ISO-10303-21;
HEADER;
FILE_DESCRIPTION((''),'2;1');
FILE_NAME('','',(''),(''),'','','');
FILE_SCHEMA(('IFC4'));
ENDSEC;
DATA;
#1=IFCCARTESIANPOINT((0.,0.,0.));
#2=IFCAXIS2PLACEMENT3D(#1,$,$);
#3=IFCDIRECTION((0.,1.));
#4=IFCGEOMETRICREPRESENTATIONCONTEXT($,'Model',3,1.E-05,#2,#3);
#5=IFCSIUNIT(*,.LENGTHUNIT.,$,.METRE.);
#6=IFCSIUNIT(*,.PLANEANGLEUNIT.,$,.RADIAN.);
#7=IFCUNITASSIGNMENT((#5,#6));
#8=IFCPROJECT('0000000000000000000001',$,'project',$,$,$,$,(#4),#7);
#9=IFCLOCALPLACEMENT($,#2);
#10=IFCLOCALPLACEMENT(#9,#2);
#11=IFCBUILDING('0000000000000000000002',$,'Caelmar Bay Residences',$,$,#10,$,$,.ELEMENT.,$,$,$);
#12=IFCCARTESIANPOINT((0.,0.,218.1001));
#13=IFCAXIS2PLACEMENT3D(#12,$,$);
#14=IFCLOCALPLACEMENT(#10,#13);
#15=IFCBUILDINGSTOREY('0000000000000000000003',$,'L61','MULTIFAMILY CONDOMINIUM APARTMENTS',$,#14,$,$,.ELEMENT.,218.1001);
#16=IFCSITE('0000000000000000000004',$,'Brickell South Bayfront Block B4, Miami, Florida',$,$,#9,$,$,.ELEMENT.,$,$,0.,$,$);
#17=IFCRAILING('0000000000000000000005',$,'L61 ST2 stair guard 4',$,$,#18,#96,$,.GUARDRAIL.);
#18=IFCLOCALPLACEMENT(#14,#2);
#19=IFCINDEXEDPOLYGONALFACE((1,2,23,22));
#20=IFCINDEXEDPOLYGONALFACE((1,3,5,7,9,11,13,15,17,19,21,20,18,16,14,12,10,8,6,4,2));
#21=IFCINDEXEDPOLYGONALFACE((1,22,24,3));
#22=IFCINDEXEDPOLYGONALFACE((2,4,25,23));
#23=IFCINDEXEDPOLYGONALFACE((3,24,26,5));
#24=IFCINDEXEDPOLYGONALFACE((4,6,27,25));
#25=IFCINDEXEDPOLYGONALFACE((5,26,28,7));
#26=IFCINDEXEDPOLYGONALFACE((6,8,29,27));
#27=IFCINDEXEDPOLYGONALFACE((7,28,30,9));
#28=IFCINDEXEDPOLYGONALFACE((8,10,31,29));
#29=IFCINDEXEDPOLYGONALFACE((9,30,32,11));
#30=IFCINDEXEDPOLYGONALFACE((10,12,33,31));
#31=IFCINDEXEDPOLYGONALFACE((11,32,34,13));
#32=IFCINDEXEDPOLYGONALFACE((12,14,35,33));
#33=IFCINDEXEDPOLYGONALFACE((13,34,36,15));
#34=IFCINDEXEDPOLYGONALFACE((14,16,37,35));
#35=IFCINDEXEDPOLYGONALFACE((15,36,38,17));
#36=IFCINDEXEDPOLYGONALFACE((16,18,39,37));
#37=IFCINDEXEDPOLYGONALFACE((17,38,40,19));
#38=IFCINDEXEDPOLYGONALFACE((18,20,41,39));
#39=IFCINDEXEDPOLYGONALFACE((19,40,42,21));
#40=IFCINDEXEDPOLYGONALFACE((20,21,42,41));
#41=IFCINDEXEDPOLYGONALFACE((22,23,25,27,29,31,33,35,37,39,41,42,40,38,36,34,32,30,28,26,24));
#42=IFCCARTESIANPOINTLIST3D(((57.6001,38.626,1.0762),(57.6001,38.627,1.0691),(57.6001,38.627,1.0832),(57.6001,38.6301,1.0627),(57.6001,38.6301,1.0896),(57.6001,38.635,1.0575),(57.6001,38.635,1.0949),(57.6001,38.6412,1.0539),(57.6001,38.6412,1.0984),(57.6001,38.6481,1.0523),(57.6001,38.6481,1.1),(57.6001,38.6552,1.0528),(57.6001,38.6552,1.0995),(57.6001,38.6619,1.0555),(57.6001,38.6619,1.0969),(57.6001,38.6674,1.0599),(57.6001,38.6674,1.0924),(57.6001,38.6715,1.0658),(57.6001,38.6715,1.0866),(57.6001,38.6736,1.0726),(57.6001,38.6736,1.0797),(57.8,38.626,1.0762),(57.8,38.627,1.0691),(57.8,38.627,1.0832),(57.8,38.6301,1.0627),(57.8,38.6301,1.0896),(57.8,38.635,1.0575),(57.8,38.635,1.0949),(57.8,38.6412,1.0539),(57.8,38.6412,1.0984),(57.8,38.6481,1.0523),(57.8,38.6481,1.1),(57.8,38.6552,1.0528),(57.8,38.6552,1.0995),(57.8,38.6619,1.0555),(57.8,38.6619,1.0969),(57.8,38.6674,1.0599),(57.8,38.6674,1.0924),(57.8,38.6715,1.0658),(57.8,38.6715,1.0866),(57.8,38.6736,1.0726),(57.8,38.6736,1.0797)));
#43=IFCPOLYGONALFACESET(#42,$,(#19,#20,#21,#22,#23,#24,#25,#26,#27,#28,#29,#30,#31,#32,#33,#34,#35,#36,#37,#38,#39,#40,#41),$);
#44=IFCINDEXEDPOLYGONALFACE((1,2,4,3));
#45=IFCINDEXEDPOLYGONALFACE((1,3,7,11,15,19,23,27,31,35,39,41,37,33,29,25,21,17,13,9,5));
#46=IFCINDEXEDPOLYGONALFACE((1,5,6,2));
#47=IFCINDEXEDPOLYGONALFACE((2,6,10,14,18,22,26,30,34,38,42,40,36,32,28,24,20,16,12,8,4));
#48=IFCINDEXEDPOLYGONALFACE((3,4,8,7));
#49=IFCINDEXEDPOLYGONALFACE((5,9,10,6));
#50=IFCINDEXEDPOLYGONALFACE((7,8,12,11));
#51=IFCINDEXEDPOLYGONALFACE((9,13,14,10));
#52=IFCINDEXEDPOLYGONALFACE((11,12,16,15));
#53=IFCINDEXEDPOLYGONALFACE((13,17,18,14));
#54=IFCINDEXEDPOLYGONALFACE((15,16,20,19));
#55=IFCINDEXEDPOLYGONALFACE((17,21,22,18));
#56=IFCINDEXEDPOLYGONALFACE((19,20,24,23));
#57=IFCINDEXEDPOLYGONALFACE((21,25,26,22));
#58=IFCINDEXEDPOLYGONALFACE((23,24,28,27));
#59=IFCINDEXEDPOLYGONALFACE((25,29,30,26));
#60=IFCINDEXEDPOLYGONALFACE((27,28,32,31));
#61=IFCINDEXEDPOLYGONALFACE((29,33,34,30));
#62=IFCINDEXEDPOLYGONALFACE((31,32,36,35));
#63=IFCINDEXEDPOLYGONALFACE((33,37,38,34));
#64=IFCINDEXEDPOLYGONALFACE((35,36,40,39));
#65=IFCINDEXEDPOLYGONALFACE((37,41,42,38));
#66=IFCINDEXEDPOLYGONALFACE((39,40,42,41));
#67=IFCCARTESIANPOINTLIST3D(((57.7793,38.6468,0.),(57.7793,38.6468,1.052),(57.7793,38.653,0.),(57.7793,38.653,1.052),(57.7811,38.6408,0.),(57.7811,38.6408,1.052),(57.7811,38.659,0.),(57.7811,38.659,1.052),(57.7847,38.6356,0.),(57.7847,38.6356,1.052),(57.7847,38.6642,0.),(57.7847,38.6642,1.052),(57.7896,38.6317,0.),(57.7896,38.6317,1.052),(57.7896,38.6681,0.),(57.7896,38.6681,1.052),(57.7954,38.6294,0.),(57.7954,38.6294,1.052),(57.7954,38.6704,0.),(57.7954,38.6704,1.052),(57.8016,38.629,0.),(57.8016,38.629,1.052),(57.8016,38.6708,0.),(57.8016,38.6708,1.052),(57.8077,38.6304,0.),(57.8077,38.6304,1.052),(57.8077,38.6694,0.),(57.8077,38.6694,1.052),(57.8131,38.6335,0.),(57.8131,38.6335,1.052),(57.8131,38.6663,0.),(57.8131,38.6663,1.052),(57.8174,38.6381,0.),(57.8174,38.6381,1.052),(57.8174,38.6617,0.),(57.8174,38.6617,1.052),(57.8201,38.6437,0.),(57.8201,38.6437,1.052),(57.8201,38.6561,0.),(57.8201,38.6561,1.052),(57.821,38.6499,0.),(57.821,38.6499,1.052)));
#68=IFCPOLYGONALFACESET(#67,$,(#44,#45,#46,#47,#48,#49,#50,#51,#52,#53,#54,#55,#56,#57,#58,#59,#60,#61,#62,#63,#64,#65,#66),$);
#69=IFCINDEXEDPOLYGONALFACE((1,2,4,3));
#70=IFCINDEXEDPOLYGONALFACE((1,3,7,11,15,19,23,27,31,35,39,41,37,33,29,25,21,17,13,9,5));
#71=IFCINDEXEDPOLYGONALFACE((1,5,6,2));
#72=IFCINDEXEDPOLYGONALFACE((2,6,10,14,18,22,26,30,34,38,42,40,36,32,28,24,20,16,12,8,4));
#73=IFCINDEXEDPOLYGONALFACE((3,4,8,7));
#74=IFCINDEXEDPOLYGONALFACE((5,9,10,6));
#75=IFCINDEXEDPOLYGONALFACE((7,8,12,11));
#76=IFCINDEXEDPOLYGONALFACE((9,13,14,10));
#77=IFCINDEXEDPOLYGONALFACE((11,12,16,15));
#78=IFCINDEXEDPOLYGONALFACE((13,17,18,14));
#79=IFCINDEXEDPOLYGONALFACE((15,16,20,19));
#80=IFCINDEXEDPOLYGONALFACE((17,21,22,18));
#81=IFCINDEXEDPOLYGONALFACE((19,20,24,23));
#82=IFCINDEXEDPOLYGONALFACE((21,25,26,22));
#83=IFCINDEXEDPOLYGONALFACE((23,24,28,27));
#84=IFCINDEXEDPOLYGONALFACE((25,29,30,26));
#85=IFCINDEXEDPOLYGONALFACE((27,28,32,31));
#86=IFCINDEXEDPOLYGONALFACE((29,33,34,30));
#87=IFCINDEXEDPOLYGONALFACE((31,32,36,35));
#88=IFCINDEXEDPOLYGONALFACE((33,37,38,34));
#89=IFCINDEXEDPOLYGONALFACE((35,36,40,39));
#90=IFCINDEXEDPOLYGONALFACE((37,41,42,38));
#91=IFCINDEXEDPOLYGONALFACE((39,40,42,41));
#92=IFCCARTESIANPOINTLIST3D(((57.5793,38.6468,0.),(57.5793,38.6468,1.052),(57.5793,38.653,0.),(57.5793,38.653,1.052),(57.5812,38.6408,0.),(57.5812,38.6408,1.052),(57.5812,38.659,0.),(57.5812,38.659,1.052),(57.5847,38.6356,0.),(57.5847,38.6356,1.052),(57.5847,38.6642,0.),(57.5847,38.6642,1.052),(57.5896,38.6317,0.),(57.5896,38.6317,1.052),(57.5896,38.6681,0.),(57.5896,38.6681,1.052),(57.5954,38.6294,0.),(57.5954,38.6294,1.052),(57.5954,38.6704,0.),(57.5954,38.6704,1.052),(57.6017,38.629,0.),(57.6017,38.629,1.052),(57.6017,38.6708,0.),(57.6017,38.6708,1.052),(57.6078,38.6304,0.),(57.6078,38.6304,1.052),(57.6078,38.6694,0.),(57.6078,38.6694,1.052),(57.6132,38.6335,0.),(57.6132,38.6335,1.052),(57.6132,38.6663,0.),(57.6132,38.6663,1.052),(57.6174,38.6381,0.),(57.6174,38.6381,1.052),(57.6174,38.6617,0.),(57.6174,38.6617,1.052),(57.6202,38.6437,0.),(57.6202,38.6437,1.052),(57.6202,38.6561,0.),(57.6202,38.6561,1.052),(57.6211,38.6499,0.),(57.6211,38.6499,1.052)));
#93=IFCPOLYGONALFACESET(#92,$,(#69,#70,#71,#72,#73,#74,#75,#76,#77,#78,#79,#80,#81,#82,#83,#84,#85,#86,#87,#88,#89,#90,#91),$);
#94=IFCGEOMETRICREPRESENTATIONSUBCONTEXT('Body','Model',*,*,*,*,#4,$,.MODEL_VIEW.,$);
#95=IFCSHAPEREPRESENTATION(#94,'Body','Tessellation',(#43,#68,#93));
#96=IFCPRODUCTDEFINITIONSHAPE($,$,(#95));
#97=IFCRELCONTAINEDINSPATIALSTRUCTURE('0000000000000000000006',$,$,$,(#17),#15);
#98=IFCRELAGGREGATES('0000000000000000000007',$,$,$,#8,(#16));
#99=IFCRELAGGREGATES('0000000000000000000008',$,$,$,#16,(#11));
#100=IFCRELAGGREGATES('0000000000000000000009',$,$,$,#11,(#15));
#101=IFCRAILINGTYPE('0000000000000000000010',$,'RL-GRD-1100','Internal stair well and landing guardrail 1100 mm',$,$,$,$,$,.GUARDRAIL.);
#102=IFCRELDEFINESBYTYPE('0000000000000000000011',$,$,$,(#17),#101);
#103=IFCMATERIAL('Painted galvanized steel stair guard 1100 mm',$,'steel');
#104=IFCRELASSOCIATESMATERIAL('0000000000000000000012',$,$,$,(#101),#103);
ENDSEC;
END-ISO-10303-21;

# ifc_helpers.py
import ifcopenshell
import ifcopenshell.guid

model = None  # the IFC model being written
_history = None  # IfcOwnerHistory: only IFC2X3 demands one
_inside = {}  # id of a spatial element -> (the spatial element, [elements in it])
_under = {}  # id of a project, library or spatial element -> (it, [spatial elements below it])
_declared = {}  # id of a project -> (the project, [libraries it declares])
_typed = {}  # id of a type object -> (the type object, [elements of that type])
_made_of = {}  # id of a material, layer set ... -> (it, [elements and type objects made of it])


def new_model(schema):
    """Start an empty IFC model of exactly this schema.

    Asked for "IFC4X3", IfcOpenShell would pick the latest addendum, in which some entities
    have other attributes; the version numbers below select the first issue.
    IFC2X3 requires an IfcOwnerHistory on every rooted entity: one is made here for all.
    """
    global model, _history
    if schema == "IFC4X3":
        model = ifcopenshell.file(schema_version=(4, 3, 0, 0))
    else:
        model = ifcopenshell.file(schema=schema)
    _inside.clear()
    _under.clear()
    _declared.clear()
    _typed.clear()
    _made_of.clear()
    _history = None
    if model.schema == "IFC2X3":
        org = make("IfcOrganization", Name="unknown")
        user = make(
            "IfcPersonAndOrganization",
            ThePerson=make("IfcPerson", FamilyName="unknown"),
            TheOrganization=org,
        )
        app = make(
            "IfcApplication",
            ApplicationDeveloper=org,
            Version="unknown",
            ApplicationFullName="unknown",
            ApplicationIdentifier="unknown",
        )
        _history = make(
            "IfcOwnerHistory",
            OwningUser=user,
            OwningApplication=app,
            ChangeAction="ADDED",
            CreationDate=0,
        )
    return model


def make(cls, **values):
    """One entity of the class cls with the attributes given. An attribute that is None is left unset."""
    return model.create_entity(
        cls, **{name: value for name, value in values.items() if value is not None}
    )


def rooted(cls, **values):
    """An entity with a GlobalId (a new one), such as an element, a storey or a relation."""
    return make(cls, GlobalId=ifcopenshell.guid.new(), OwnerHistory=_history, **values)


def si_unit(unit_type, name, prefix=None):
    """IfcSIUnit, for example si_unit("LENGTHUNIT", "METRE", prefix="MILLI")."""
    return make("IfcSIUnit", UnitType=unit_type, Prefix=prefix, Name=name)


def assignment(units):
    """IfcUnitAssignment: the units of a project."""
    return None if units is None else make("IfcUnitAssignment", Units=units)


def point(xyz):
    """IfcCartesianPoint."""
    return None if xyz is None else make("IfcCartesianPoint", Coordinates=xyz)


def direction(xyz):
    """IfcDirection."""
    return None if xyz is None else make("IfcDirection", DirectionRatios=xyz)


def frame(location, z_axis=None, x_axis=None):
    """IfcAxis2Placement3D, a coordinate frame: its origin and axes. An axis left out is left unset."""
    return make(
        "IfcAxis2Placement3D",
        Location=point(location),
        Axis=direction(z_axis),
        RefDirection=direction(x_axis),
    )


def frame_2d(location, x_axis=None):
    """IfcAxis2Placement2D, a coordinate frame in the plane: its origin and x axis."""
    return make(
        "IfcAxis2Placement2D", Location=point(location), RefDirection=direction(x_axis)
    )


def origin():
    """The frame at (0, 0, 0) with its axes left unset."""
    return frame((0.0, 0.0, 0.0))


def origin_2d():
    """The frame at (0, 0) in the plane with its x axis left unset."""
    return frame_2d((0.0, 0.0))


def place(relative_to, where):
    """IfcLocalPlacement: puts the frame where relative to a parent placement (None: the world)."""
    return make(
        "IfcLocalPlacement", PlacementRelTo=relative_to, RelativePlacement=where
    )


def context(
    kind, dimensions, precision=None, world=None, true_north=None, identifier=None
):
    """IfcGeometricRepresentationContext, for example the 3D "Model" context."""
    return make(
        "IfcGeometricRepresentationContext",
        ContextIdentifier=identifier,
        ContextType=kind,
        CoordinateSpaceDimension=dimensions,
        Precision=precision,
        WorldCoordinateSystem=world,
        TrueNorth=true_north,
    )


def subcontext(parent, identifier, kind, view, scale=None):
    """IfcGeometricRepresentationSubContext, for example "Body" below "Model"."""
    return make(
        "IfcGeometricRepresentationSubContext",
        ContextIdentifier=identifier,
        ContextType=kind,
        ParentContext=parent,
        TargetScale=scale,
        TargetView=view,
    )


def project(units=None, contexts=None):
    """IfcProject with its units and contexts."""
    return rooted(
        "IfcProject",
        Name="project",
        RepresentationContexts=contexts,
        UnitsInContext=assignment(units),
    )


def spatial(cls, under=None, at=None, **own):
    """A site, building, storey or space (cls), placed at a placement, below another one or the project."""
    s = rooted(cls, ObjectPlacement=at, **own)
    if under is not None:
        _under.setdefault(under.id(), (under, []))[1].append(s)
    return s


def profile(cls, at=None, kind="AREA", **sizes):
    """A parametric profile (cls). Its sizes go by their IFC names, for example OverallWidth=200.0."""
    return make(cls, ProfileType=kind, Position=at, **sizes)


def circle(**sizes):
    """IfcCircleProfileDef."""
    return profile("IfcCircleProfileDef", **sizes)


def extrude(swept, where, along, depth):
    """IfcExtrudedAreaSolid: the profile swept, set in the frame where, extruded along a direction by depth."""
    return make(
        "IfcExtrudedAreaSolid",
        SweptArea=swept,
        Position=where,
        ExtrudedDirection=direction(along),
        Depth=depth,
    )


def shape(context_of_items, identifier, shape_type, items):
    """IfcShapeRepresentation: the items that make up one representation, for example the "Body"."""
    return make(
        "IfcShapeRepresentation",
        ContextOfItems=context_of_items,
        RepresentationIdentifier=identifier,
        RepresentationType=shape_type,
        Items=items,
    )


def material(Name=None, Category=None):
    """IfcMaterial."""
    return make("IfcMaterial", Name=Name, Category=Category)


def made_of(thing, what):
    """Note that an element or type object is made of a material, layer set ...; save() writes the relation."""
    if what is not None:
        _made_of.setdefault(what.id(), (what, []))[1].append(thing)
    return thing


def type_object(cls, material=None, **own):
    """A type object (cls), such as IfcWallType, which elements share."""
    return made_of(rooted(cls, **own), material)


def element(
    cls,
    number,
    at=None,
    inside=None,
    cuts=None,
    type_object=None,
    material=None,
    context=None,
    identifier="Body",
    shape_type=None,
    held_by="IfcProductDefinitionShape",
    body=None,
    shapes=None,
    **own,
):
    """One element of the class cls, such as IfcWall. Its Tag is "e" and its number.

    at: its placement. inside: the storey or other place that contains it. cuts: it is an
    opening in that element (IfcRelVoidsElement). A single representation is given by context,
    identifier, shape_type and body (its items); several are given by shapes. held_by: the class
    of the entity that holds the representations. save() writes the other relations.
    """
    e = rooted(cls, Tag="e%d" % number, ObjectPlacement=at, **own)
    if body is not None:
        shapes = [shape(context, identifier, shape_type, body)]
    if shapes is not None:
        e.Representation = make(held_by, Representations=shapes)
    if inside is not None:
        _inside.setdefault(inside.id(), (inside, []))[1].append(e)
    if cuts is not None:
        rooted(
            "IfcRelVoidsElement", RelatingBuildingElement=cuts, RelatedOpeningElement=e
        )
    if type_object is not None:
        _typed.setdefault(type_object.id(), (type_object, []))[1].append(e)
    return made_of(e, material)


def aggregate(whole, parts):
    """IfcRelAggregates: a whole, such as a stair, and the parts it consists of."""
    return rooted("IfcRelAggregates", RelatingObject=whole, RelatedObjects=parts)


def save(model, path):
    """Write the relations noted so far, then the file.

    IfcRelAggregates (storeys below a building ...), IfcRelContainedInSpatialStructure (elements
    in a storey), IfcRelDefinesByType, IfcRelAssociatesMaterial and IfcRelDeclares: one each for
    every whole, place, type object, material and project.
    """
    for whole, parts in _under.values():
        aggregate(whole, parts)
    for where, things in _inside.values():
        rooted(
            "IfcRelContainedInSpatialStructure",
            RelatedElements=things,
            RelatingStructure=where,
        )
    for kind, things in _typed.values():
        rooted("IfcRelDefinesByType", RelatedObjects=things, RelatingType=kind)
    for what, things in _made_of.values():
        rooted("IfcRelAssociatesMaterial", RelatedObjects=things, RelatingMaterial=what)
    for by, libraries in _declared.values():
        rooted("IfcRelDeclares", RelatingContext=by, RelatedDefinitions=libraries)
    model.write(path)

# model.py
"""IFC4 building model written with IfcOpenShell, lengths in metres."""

from ifc_helpers import new_model, si_unit, direction, frame, origin, origin_2d, place, context, subcontext, project, spatial, circle, extrude, material, type_object, element, save


model = new_model("IFC4")

# Units and contexts
model_context = context("Model", 3, precision=1e-05, world=origin(), true_north=direction((0.0, 1.0)))
body_context = subcontext(model_context, "Body", "Model", "MODEL_VIEW")
ifc_project = project(units=[si_unit("LENGTHUNIT", "METRE"), si_unit("PLANEANGLEUNIT", "RADIAN")], contexts=[model_context])

# Site, building, storey
site_placement = place(None, origin())
site = spatial("IfcSite", under=ifc_project, at=site_placement, Name="Brickell South Bayfront Block B4, Miami, Florida", CompositionType="ELEMENT", RefElevation=0.0)
building_placement = place(site_placement, origin())
building = spatial("IfcBuilding", under=site, at=building_placement, Name="Caelmar Bay Residences", CompositionType="ELEMENT")
storey_placement = place(building_placement, frame((0.0, 0.0, 218.1001)))
storey = spatial("IfcBuildingStorey", under=building, at=storey_placement, Name="L61", Description="MULTIFAMILY CONDOMINIUM APARTMENTS", CompositionType="ELEMENT", Elevation=218.1001)

# Railing
ifc_material_1 = material(Name="Painted galvanized steel stair guard 1100 mm", Category="steel")
railing_type_1 = type_object("IfcRailingType", Name="RL-GRD-1100", Description="Internal stair well and landing guardrail 1100 mm", PredefinedType="GUARDRAIL", material=ifc_material_1)
railing_1_placement = place(storey_placement, frame((57.8, 38.6499, 0.0)))
element("IfcRailing", 1, at=railing_1_placement, inside=storey, type_object=railing_type_1, Name="L61 ST2 stair guard 4", PredefinedType="GUARDRAIL", context=body_context, shape_type="SweptSolid", body=[
    extrude(circle(Radius=0.0239, at=origin_2d()), frame((0.0, 0.0, 1.0762), z_axis=(-1.0, 0.0, 0.0), x_axis=(0.0, -1.0, 0.0)), (0.0, 0.0, 1.0), 0.2),
    extrude(circle(Radius=0.021, at=origin_2d()), origin(), (0.0, 0.0, 1.0), 1.052),
    extrude(circle(Radius=0.021, at=origin_2d()), frame((-0.2, 0.0, 0.0)), (0.0, 0.0, 1.0), 1.052),
])

save(model, "model.ifc")
